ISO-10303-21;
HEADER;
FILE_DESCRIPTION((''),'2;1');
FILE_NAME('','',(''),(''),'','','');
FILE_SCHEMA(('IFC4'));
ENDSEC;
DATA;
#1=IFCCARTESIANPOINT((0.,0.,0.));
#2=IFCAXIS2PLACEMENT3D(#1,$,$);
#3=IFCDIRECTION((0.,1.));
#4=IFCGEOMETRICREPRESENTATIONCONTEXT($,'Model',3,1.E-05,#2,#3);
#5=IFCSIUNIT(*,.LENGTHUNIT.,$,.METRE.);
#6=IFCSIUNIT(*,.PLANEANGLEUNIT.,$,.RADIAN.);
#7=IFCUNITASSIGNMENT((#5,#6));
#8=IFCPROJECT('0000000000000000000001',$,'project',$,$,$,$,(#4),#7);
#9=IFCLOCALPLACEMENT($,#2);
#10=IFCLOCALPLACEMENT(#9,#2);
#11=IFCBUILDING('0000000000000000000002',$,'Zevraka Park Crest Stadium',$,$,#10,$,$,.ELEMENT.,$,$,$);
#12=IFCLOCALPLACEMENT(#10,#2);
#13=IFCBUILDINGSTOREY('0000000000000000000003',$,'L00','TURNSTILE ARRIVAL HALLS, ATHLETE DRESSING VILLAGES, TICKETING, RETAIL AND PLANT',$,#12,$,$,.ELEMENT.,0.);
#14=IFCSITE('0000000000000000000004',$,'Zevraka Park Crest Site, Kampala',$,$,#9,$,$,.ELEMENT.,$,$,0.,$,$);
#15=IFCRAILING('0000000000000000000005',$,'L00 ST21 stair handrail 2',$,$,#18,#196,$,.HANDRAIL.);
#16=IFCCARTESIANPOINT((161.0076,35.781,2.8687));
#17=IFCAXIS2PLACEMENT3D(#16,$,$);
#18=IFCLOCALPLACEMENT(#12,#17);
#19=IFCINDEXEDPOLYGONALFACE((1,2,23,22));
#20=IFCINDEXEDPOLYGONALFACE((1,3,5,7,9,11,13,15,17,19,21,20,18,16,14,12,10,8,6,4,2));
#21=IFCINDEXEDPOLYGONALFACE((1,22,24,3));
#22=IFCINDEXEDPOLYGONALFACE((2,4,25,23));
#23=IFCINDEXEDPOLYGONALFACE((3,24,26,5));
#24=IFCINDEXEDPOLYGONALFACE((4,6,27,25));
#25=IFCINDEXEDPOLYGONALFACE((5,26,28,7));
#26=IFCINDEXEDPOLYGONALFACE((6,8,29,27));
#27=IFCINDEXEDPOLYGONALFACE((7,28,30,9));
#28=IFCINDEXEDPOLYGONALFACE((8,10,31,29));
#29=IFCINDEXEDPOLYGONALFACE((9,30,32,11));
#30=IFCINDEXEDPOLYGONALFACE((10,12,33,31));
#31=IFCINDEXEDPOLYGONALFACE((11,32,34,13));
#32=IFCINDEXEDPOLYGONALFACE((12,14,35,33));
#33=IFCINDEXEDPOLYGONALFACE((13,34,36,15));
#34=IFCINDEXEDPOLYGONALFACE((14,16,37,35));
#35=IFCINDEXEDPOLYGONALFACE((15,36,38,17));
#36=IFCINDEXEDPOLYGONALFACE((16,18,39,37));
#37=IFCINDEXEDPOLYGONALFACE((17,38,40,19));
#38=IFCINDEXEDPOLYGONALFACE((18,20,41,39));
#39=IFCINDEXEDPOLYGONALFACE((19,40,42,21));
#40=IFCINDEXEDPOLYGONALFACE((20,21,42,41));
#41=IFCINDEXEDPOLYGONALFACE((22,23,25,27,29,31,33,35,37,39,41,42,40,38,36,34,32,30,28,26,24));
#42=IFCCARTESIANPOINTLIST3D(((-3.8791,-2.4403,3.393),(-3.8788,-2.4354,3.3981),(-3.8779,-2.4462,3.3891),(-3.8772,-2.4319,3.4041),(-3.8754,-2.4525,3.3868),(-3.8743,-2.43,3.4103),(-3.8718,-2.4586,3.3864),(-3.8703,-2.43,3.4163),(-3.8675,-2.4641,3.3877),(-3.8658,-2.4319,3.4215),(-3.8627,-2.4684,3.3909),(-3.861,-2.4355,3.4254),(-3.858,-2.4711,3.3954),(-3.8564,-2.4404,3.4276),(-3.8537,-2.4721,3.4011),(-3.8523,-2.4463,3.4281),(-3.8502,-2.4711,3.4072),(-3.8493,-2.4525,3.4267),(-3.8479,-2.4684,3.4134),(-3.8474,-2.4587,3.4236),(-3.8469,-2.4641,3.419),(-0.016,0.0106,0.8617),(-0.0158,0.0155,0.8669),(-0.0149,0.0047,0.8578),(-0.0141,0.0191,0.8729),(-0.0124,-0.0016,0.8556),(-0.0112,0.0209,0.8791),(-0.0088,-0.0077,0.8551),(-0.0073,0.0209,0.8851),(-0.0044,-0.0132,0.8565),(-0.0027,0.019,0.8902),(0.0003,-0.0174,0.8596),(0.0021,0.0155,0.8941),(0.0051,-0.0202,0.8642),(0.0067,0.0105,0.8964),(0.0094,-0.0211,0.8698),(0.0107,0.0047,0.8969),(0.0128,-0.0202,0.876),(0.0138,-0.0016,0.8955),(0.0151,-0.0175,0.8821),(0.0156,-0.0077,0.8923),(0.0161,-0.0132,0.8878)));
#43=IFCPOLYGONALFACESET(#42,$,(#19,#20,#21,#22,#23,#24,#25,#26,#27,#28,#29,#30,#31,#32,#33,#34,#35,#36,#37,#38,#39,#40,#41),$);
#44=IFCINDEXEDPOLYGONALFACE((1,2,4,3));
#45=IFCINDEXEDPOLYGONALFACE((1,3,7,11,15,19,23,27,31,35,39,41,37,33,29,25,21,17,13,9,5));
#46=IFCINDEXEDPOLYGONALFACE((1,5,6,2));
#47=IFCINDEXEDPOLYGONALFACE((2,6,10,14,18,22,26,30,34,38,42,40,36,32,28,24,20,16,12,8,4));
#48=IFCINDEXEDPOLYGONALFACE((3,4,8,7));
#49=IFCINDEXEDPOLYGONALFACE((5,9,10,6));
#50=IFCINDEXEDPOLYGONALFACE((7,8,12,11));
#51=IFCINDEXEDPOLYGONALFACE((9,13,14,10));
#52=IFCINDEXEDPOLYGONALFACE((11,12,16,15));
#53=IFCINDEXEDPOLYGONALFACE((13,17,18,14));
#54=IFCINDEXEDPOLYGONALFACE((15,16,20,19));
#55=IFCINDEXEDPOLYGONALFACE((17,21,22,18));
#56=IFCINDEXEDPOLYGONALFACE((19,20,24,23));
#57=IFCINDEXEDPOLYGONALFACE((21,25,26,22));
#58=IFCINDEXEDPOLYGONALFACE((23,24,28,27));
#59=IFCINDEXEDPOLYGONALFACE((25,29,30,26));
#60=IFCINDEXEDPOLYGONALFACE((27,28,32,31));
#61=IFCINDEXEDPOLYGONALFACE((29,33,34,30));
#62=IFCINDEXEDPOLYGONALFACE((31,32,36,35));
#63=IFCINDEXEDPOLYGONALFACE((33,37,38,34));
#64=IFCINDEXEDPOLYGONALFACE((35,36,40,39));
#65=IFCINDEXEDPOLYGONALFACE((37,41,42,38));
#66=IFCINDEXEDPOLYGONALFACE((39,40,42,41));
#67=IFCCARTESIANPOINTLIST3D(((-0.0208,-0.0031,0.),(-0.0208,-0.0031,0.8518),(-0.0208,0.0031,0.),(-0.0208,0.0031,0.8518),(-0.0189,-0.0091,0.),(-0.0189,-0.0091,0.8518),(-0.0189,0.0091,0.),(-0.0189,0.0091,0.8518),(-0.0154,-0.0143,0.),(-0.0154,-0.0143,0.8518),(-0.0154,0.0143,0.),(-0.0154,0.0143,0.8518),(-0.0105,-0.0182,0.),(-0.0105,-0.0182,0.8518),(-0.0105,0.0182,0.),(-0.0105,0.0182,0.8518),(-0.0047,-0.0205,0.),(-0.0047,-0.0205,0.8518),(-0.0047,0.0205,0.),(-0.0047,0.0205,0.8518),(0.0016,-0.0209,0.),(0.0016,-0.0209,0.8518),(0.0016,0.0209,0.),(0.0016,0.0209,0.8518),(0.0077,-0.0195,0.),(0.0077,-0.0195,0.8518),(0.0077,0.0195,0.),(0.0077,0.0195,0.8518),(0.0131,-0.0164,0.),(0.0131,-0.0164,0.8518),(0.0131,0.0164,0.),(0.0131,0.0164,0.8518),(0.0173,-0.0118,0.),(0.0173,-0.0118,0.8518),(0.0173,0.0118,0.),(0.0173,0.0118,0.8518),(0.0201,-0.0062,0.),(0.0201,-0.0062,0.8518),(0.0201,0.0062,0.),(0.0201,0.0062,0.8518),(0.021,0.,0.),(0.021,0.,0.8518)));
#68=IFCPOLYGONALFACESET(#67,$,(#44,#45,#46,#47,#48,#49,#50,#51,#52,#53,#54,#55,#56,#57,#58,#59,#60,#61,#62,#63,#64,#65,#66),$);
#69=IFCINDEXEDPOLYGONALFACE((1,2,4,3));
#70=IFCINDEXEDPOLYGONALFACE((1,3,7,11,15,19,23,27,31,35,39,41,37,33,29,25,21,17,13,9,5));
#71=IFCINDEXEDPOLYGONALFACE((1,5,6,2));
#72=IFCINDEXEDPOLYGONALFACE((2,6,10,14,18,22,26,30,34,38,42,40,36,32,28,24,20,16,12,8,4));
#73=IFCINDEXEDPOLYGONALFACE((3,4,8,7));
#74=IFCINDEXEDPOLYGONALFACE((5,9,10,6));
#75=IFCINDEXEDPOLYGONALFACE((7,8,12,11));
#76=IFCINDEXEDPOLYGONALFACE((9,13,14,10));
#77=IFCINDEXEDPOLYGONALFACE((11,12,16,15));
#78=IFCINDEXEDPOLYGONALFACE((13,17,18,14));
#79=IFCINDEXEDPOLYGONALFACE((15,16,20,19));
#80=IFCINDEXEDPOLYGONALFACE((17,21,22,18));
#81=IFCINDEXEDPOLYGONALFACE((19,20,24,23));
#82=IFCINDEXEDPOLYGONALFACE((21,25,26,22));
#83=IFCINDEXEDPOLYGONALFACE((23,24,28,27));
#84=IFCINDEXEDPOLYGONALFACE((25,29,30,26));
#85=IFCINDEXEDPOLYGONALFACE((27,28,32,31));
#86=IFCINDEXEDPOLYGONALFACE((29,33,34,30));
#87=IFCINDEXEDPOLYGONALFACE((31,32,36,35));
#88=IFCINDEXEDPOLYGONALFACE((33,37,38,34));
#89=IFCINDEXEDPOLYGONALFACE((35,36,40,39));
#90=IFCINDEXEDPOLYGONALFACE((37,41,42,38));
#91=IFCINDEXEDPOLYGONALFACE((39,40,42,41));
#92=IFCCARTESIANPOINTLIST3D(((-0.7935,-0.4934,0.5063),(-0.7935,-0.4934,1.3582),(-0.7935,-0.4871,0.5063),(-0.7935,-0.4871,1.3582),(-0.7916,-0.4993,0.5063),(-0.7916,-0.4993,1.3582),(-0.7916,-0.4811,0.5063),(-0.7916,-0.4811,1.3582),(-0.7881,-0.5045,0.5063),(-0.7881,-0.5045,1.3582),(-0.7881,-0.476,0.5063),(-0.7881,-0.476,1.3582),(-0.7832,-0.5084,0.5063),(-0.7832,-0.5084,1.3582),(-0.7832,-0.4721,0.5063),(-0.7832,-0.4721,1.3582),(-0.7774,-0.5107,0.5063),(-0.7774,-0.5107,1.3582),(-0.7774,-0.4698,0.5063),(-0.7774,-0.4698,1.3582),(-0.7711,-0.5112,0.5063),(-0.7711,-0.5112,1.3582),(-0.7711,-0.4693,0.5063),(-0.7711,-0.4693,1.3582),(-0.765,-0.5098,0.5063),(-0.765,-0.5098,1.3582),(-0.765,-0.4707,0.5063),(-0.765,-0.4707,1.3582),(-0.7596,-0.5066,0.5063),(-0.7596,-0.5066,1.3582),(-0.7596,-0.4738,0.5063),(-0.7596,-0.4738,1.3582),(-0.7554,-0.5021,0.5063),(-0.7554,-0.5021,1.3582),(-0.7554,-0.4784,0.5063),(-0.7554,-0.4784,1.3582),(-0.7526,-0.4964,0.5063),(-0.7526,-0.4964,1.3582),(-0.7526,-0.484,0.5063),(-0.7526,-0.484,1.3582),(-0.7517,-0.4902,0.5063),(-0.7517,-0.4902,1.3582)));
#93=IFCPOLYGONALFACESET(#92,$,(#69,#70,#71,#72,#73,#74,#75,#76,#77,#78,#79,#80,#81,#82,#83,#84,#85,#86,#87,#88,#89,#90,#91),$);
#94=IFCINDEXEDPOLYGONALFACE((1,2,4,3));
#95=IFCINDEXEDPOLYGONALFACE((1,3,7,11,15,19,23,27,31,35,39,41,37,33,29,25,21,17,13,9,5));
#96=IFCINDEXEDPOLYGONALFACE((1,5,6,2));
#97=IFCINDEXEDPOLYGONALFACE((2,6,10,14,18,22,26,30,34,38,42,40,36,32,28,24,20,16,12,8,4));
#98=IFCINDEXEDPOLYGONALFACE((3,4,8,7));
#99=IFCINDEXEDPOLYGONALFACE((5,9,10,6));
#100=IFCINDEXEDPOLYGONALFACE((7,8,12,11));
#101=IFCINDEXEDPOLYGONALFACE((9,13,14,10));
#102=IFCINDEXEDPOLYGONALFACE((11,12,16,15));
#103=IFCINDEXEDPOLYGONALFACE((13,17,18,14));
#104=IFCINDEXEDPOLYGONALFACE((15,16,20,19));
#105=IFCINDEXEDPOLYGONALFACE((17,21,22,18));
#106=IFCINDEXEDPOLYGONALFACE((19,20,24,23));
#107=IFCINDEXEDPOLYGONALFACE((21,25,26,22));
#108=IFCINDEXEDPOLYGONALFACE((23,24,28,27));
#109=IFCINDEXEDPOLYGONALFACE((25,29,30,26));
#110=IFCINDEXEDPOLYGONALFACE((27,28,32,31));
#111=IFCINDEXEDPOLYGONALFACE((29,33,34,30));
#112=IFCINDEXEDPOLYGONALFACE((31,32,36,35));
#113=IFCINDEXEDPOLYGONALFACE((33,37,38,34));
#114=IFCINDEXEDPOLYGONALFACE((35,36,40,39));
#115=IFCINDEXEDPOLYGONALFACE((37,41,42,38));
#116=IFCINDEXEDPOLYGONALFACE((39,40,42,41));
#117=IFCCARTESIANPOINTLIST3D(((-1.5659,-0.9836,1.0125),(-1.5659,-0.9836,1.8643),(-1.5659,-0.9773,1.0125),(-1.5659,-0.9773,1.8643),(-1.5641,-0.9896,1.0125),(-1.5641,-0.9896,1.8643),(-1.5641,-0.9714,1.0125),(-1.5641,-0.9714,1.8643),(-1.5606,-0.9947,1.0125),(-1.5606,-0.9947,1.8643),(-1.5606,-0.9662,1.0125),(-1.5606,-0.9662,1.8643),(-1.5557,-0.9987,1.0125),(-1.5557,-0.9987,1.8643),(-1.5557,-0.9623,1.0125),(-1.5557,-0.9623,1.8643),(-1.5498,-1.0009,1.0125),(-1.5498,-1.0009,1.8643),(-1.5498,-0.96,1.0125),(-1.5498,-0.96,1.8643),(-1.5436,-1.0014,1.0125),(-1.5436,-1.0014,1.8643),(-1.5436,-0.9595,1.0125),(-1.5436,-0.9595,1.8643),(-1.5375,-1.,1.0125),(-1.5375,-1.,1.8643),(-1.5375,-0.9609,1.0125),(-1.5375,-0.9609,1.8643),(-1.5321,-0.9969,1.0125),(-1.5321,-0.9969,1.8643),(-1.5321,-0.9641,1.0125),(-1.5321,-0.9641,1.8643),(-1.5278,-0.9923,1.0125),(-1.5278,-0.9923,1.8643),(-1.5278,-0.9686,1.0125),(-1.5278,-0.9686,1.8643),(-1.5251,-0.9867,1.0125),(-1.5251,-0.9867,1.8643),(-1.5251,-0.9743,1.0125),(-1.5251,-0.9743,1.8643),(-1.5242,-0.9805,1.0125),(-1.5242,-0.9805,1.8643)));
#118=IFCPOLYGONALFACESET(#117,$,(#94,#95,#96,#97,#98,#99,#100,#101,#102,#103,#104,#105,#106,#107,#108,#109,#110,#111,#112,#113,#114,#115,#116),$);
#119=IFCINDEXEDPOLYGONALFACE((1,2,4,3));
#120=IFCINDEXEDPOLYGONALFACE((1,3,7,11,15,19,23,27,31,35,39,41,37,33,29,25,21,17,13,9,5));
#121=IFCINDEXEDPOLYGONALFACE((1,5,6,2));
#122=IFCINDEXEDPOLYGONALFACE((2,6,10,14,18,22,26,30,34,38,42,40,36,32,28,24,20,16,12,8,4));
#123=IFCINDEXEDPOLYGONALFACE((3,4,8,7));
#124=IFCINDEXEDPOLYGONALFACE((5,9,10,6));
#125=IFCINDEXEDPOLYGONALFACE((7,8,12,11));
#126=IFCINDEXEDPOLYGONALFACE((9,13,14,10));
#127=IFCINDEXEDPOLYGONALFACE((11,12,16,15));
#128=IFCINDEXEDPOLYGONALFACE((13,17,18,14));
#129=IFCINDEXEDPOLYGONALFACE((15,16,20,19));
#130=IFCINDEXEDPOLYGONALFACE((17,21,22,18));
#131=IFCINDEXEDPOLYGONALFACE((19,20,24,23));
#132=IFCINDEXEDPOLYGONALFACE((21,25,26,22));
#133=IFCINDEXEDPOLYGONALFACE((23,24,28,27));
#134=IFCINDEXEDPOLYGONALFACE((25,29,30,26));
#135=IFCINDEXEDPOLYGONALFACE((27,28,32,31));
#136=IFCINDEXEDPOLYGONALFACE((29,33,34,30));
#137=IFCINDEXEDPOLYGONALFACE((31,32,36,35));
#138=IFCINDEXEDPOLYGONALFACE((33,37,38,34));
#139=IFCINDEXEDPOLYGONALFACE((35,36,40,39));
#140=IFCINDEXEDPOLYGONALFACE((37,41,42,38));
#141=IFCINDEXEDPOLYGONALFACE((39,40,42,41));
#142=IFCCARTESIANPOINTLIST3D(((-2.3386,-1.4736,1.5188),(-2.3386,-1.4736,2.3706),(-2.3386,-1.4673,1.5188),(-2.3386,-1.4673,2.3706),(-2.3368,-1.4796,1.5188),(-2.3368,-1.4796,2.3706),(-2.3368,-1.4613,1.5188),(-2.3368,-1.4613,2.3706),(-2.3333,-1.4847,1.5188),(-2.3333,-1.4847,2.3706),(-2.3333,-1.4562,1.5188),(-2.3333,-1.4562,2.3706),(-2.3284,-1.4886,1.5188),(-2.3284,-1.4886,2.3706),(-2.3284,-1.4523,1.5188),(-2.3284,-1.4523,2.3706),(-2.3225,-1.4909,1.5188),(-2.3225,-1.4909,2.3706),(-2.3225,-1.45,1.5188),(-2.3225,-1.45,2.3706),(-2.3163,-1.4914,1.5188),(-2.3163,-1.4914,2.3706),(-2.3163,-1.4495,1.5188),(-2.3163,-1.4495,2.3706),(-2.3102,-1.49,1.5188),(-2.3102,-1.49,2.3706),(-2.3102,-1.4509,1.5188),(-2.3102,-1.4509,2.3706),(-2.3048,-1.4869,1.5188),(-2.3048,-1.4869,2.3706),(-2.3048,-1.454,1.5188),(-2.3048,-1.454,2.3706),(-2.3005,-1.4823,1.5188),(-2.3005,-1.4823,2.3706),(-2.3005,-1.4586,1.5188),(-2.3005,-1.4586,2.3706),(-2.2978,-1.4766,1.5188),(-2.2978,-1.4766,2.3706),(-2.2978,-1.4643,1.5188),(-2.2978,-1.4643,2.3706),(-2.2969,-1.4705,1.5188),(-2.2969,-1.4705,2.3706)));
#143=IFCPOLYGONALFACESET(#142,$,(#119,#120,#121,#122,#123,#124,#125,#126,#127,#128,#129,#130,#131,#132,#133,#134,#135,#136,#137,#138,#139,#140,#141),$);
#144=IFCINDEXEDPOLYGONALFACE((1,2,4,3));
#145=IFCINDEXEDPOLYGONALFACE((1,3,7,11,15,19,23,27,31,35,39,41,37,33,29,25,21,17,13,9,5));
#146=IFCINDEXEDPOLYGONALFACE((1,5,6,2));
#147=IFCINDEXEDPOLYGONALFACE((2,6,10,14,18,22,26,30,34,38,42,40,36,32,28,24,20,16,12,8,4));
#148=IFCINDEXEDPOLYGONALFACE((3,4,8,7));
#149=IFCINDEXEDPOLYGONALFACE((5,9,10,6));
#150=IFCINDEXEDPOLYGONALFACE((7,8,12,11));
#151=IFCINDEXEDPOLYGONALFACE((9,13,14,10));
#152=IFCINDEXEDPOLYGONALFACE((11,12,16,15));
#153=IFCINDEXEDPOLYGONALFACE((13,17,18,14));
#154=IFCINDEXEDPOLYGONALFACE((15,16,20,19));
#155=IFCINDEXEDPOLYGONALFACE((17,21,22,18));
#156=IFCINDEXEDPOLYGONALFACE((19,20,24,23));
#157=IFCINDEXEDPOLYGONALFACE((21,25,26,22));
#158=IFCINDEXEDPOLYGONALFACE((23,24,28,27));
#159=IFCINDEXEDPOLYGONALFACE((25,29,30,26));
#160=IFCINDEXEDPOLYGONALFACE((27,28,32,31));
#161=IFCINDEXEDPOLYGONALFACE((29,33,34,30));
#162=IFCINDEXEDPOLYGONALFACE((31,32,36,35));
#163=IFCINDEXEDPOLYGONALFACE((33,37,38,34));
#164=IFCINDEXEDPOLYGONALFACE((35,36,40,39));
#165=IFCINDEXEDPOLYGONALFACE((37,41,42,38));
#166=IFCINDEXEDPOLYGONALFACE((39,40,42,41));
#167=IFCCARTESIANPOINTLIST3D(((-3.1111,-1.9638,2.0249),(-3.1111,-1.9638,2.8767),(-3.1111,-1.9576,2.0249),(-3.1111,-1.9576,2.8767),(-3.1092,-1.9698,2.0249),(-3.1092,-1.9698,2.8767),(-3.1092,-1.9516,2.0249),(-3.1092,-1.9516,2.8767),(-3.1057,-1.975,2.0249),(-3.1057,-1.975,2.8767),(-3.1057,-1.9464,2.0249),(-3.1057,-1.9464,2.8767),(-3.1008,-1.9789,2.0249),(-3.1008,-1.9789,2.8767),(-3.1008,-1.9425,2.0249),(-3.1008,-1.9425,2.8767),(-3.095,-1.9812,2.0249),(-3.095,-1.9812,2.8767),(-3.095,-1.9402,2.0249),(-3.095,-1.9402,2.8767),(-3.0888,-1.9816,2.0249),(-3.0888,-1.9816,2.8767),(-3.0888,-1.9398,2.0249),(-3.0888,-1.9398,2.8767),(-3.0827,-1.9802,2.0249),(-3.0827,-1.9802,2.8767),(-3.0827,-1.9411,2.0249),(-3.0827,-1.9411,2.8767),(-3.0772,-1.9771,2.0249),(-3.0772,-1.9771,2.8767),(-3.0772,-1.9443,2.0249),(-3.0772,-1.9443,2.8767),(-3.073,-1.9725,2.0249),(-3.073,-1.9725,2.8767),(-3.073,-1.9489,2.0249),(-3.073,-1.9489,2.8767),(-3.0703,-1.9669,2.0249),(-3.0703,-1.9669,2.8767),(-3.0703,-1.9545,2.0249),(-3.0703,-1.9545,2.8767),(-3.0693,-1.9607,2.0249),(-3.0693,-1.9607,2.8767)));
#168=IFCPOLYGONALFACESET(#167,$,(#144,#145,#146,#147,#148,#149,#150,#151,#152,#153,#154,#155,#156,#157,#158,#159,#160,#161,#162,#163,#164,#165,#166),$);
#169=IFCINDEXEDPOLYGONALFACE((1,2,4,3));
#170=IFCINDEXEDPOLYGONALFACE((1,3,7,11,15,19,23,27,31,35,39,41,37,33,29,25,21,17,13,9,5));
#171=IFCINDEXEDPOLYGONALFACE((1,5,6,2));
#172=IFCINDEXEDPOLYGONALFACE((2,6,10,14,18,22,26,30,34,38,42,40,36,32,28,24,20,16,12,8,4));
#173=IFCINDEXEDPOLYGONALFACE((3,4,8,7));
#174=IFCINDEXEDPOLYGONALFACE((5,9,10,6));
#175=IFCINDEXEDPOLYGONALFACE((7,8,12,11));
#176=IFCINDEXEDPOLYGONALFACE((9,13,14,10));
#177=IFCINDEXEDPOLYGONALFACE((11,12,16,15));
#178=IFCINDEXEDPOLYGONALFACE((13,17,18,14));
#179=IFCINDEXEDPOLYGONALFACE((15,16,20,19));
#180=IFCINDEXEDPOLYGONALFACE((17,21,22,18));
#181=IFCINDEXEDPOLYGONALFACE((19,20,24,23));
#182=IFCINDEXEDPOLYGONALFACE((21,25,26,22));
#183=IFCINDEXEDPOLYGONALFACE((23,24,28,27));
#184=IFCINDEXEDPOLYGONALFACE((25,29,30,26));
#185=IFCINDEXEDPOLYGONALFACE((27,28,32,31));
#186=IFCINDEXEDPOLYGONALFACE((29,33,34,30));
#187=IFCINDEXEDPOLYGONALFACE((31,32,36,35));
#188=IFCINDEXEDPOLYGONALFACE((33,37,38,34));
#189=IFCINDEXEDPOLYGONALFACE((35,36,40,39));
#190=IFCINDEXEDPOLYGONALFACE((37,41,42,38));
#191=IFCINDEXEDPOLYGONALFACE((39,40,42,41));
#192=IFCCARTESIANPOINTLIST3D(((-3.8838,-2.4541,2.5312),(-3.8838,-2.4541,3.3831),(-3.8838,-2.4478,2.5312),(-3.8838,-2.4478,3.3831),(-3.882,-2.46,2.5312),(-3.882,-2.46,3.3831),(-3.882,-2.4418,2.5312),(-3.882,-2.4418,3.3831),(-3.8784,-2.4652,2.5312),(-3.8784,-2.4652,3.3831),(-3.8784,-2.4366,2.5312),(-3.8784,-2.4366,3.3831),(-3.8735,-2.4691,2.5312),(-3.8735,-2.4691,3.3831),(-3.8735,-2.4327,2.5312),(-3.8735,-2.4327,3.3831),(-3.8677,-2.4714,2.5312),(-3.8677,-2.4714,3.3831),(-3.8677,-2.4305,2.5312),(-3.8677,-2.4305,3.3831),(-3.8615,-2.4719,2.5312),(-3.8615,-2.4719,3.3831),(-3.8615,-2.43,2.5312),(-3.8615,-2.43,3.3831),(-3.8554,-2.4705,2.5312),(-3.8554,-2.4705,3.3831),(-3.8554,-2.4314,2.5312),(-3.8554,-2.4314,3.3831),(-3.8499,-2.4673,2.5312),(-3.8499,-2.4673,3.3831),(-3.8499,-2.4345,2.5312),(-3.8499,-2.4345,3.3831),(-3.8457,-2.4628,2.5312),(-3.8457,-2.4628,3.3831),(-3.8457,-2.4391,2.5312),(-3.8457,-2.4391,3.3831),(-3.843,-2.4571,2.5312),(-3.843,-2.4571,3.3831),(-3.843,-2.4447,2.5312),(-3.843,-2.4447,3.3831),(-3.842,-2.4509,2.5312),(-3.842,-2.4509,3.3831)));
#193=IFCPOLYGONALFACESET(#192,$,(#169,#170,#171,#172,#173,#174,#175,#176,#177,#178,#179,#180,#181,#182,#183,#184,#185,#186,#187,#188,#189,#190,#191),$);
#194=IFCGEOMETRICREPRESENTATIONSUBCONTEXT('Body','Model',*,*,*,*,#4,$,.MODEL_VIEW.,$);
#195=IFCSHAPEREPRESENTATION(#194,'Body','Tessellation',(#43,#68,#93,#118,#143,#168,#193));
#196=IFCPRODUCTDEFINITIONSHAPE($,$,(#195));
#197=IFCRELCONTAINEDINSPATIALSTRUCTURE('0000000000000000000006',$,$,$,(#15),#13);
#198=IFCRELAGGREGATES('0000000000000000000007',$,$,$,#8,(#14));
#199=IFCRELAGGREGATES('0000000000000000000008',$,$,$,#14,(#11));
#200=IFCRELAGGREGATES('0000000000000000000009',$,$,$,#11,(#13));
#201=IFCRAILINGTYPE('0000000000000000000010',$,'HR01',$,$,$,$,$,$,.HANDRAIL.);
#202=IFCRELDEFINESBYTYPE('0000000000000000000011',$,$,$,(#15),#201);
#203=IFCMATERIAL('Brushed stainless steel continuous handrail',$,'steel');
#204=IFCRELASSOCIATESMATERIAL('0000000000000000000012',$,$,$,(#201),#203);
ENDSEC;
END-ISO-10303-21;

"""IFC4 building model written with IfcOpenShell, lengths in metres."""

from ifc_helpers import new_model, si_unit, direction, frame, origin, origin_2d, place, context, subcontext, project, spatial, circle, extrude, material, type_object, element, save


model = new_model("IFC4")

# Units and contexts
model_context = context("Model", 3, precision=1e-05, world=origin(), true_north=direction((0.0, 1.0)))
body_context = subcontext(model_context, "Body", "Model", "MODEL_VIEW")
ifc_project = project(units=[si_unit("LENGTHUNIT", "METRE"), si_unit("PLANEANGLEUNIT", "RADIAN")], contexts=[model_context])

# Site, building, storey
site_placement = place(None, origin())
site = spatial("IfcSite", under=ifc_project, at=site_placement, Name="Zevraka Park Crest Site, Kampala", CompositionType="ELEMENT", RefElevation=0.0)
building_placement = place(site_placement, origin())
building = spatial("IfcBuilding", under=site, at=building_placement, Name="Zevraka Park Crest Stadium", CompositionType="ELEMENT")
storey_placement = place(building_placement, origin())
storey = spatial("IfcBuildingStorey", under=building, at=storey_placement, Name="L00", Description="TURNSTILE ARRIVAL HALLS, ATHLETE DRESSING VILLAGES, TICKETING, RETAIL AND PLANT", CompositionType="ELEMENT", Elevation=0.0)

# Railing
ifc_material_1 = material(Name="Brushed stainless steel continuous handrail", Category="steel")
railing_type_1 = type_object("IfcRailingType", Name="HR01", PredefinedType="HANDRAIL", material=ifc_material_1)
railing_1_placement = place(storey_placement, frame((161.0076, 35.781, 2.8687)))
element("IfcRailing", 1, at=railing_1_placement, inside=storey, type_object=railing_type_1, Name="L00 ST21 stair handrail 2", PredefinedType="HANDRAIL", context=body_context, shape_type="SweptSolid", body=[
    extrude(circle(Radius=0.0239, at=origin_2d()), frame((0.0, 0.0, 0.876), z_axis=(-0.738841, -0.468762, 0.484124), x_axis=(0.535729, -0.84439, 0.0)), (0.0, 0.0, 1.0), 5.2285),
    extrude(circle(Radius=0.021, at=origin_2d()), origin(), (0.0, 0.0, 1.0), 0.8518),
    extrude(circle(Radius=0.021, at=origin_2d()), frame((-0.7727, -0.4902, 0.5063)), (0.0, 0.0, 1.0), 0.8518),
    extrude(circle(Radius=0.021, at=origin_2d()), frame((-1.5452, -0.9805, 1.0125)), (0.0, 0.0, 1.0), 0.8518),
    extrude(circle(Radius=0.021, at=origin_2d()), frame((-2.3179, -1.4705, 1.5188)), (0.0, 0.0, 1.0), 0.8518),
    extrude(circle(Radius=0.021, at=origin_2d()), frame((-3.0903, -1.9607, 2.0249)), (0.0, 0.0, 1.0), 0.8518),
    extrude(circle(Radius=0.021, at=origin_2d()), frame((-3.863, -2.4509, 2.5312)), (0.0, 0.0, 1.0), 0.8518),
])

save(model, "model.ifc")
